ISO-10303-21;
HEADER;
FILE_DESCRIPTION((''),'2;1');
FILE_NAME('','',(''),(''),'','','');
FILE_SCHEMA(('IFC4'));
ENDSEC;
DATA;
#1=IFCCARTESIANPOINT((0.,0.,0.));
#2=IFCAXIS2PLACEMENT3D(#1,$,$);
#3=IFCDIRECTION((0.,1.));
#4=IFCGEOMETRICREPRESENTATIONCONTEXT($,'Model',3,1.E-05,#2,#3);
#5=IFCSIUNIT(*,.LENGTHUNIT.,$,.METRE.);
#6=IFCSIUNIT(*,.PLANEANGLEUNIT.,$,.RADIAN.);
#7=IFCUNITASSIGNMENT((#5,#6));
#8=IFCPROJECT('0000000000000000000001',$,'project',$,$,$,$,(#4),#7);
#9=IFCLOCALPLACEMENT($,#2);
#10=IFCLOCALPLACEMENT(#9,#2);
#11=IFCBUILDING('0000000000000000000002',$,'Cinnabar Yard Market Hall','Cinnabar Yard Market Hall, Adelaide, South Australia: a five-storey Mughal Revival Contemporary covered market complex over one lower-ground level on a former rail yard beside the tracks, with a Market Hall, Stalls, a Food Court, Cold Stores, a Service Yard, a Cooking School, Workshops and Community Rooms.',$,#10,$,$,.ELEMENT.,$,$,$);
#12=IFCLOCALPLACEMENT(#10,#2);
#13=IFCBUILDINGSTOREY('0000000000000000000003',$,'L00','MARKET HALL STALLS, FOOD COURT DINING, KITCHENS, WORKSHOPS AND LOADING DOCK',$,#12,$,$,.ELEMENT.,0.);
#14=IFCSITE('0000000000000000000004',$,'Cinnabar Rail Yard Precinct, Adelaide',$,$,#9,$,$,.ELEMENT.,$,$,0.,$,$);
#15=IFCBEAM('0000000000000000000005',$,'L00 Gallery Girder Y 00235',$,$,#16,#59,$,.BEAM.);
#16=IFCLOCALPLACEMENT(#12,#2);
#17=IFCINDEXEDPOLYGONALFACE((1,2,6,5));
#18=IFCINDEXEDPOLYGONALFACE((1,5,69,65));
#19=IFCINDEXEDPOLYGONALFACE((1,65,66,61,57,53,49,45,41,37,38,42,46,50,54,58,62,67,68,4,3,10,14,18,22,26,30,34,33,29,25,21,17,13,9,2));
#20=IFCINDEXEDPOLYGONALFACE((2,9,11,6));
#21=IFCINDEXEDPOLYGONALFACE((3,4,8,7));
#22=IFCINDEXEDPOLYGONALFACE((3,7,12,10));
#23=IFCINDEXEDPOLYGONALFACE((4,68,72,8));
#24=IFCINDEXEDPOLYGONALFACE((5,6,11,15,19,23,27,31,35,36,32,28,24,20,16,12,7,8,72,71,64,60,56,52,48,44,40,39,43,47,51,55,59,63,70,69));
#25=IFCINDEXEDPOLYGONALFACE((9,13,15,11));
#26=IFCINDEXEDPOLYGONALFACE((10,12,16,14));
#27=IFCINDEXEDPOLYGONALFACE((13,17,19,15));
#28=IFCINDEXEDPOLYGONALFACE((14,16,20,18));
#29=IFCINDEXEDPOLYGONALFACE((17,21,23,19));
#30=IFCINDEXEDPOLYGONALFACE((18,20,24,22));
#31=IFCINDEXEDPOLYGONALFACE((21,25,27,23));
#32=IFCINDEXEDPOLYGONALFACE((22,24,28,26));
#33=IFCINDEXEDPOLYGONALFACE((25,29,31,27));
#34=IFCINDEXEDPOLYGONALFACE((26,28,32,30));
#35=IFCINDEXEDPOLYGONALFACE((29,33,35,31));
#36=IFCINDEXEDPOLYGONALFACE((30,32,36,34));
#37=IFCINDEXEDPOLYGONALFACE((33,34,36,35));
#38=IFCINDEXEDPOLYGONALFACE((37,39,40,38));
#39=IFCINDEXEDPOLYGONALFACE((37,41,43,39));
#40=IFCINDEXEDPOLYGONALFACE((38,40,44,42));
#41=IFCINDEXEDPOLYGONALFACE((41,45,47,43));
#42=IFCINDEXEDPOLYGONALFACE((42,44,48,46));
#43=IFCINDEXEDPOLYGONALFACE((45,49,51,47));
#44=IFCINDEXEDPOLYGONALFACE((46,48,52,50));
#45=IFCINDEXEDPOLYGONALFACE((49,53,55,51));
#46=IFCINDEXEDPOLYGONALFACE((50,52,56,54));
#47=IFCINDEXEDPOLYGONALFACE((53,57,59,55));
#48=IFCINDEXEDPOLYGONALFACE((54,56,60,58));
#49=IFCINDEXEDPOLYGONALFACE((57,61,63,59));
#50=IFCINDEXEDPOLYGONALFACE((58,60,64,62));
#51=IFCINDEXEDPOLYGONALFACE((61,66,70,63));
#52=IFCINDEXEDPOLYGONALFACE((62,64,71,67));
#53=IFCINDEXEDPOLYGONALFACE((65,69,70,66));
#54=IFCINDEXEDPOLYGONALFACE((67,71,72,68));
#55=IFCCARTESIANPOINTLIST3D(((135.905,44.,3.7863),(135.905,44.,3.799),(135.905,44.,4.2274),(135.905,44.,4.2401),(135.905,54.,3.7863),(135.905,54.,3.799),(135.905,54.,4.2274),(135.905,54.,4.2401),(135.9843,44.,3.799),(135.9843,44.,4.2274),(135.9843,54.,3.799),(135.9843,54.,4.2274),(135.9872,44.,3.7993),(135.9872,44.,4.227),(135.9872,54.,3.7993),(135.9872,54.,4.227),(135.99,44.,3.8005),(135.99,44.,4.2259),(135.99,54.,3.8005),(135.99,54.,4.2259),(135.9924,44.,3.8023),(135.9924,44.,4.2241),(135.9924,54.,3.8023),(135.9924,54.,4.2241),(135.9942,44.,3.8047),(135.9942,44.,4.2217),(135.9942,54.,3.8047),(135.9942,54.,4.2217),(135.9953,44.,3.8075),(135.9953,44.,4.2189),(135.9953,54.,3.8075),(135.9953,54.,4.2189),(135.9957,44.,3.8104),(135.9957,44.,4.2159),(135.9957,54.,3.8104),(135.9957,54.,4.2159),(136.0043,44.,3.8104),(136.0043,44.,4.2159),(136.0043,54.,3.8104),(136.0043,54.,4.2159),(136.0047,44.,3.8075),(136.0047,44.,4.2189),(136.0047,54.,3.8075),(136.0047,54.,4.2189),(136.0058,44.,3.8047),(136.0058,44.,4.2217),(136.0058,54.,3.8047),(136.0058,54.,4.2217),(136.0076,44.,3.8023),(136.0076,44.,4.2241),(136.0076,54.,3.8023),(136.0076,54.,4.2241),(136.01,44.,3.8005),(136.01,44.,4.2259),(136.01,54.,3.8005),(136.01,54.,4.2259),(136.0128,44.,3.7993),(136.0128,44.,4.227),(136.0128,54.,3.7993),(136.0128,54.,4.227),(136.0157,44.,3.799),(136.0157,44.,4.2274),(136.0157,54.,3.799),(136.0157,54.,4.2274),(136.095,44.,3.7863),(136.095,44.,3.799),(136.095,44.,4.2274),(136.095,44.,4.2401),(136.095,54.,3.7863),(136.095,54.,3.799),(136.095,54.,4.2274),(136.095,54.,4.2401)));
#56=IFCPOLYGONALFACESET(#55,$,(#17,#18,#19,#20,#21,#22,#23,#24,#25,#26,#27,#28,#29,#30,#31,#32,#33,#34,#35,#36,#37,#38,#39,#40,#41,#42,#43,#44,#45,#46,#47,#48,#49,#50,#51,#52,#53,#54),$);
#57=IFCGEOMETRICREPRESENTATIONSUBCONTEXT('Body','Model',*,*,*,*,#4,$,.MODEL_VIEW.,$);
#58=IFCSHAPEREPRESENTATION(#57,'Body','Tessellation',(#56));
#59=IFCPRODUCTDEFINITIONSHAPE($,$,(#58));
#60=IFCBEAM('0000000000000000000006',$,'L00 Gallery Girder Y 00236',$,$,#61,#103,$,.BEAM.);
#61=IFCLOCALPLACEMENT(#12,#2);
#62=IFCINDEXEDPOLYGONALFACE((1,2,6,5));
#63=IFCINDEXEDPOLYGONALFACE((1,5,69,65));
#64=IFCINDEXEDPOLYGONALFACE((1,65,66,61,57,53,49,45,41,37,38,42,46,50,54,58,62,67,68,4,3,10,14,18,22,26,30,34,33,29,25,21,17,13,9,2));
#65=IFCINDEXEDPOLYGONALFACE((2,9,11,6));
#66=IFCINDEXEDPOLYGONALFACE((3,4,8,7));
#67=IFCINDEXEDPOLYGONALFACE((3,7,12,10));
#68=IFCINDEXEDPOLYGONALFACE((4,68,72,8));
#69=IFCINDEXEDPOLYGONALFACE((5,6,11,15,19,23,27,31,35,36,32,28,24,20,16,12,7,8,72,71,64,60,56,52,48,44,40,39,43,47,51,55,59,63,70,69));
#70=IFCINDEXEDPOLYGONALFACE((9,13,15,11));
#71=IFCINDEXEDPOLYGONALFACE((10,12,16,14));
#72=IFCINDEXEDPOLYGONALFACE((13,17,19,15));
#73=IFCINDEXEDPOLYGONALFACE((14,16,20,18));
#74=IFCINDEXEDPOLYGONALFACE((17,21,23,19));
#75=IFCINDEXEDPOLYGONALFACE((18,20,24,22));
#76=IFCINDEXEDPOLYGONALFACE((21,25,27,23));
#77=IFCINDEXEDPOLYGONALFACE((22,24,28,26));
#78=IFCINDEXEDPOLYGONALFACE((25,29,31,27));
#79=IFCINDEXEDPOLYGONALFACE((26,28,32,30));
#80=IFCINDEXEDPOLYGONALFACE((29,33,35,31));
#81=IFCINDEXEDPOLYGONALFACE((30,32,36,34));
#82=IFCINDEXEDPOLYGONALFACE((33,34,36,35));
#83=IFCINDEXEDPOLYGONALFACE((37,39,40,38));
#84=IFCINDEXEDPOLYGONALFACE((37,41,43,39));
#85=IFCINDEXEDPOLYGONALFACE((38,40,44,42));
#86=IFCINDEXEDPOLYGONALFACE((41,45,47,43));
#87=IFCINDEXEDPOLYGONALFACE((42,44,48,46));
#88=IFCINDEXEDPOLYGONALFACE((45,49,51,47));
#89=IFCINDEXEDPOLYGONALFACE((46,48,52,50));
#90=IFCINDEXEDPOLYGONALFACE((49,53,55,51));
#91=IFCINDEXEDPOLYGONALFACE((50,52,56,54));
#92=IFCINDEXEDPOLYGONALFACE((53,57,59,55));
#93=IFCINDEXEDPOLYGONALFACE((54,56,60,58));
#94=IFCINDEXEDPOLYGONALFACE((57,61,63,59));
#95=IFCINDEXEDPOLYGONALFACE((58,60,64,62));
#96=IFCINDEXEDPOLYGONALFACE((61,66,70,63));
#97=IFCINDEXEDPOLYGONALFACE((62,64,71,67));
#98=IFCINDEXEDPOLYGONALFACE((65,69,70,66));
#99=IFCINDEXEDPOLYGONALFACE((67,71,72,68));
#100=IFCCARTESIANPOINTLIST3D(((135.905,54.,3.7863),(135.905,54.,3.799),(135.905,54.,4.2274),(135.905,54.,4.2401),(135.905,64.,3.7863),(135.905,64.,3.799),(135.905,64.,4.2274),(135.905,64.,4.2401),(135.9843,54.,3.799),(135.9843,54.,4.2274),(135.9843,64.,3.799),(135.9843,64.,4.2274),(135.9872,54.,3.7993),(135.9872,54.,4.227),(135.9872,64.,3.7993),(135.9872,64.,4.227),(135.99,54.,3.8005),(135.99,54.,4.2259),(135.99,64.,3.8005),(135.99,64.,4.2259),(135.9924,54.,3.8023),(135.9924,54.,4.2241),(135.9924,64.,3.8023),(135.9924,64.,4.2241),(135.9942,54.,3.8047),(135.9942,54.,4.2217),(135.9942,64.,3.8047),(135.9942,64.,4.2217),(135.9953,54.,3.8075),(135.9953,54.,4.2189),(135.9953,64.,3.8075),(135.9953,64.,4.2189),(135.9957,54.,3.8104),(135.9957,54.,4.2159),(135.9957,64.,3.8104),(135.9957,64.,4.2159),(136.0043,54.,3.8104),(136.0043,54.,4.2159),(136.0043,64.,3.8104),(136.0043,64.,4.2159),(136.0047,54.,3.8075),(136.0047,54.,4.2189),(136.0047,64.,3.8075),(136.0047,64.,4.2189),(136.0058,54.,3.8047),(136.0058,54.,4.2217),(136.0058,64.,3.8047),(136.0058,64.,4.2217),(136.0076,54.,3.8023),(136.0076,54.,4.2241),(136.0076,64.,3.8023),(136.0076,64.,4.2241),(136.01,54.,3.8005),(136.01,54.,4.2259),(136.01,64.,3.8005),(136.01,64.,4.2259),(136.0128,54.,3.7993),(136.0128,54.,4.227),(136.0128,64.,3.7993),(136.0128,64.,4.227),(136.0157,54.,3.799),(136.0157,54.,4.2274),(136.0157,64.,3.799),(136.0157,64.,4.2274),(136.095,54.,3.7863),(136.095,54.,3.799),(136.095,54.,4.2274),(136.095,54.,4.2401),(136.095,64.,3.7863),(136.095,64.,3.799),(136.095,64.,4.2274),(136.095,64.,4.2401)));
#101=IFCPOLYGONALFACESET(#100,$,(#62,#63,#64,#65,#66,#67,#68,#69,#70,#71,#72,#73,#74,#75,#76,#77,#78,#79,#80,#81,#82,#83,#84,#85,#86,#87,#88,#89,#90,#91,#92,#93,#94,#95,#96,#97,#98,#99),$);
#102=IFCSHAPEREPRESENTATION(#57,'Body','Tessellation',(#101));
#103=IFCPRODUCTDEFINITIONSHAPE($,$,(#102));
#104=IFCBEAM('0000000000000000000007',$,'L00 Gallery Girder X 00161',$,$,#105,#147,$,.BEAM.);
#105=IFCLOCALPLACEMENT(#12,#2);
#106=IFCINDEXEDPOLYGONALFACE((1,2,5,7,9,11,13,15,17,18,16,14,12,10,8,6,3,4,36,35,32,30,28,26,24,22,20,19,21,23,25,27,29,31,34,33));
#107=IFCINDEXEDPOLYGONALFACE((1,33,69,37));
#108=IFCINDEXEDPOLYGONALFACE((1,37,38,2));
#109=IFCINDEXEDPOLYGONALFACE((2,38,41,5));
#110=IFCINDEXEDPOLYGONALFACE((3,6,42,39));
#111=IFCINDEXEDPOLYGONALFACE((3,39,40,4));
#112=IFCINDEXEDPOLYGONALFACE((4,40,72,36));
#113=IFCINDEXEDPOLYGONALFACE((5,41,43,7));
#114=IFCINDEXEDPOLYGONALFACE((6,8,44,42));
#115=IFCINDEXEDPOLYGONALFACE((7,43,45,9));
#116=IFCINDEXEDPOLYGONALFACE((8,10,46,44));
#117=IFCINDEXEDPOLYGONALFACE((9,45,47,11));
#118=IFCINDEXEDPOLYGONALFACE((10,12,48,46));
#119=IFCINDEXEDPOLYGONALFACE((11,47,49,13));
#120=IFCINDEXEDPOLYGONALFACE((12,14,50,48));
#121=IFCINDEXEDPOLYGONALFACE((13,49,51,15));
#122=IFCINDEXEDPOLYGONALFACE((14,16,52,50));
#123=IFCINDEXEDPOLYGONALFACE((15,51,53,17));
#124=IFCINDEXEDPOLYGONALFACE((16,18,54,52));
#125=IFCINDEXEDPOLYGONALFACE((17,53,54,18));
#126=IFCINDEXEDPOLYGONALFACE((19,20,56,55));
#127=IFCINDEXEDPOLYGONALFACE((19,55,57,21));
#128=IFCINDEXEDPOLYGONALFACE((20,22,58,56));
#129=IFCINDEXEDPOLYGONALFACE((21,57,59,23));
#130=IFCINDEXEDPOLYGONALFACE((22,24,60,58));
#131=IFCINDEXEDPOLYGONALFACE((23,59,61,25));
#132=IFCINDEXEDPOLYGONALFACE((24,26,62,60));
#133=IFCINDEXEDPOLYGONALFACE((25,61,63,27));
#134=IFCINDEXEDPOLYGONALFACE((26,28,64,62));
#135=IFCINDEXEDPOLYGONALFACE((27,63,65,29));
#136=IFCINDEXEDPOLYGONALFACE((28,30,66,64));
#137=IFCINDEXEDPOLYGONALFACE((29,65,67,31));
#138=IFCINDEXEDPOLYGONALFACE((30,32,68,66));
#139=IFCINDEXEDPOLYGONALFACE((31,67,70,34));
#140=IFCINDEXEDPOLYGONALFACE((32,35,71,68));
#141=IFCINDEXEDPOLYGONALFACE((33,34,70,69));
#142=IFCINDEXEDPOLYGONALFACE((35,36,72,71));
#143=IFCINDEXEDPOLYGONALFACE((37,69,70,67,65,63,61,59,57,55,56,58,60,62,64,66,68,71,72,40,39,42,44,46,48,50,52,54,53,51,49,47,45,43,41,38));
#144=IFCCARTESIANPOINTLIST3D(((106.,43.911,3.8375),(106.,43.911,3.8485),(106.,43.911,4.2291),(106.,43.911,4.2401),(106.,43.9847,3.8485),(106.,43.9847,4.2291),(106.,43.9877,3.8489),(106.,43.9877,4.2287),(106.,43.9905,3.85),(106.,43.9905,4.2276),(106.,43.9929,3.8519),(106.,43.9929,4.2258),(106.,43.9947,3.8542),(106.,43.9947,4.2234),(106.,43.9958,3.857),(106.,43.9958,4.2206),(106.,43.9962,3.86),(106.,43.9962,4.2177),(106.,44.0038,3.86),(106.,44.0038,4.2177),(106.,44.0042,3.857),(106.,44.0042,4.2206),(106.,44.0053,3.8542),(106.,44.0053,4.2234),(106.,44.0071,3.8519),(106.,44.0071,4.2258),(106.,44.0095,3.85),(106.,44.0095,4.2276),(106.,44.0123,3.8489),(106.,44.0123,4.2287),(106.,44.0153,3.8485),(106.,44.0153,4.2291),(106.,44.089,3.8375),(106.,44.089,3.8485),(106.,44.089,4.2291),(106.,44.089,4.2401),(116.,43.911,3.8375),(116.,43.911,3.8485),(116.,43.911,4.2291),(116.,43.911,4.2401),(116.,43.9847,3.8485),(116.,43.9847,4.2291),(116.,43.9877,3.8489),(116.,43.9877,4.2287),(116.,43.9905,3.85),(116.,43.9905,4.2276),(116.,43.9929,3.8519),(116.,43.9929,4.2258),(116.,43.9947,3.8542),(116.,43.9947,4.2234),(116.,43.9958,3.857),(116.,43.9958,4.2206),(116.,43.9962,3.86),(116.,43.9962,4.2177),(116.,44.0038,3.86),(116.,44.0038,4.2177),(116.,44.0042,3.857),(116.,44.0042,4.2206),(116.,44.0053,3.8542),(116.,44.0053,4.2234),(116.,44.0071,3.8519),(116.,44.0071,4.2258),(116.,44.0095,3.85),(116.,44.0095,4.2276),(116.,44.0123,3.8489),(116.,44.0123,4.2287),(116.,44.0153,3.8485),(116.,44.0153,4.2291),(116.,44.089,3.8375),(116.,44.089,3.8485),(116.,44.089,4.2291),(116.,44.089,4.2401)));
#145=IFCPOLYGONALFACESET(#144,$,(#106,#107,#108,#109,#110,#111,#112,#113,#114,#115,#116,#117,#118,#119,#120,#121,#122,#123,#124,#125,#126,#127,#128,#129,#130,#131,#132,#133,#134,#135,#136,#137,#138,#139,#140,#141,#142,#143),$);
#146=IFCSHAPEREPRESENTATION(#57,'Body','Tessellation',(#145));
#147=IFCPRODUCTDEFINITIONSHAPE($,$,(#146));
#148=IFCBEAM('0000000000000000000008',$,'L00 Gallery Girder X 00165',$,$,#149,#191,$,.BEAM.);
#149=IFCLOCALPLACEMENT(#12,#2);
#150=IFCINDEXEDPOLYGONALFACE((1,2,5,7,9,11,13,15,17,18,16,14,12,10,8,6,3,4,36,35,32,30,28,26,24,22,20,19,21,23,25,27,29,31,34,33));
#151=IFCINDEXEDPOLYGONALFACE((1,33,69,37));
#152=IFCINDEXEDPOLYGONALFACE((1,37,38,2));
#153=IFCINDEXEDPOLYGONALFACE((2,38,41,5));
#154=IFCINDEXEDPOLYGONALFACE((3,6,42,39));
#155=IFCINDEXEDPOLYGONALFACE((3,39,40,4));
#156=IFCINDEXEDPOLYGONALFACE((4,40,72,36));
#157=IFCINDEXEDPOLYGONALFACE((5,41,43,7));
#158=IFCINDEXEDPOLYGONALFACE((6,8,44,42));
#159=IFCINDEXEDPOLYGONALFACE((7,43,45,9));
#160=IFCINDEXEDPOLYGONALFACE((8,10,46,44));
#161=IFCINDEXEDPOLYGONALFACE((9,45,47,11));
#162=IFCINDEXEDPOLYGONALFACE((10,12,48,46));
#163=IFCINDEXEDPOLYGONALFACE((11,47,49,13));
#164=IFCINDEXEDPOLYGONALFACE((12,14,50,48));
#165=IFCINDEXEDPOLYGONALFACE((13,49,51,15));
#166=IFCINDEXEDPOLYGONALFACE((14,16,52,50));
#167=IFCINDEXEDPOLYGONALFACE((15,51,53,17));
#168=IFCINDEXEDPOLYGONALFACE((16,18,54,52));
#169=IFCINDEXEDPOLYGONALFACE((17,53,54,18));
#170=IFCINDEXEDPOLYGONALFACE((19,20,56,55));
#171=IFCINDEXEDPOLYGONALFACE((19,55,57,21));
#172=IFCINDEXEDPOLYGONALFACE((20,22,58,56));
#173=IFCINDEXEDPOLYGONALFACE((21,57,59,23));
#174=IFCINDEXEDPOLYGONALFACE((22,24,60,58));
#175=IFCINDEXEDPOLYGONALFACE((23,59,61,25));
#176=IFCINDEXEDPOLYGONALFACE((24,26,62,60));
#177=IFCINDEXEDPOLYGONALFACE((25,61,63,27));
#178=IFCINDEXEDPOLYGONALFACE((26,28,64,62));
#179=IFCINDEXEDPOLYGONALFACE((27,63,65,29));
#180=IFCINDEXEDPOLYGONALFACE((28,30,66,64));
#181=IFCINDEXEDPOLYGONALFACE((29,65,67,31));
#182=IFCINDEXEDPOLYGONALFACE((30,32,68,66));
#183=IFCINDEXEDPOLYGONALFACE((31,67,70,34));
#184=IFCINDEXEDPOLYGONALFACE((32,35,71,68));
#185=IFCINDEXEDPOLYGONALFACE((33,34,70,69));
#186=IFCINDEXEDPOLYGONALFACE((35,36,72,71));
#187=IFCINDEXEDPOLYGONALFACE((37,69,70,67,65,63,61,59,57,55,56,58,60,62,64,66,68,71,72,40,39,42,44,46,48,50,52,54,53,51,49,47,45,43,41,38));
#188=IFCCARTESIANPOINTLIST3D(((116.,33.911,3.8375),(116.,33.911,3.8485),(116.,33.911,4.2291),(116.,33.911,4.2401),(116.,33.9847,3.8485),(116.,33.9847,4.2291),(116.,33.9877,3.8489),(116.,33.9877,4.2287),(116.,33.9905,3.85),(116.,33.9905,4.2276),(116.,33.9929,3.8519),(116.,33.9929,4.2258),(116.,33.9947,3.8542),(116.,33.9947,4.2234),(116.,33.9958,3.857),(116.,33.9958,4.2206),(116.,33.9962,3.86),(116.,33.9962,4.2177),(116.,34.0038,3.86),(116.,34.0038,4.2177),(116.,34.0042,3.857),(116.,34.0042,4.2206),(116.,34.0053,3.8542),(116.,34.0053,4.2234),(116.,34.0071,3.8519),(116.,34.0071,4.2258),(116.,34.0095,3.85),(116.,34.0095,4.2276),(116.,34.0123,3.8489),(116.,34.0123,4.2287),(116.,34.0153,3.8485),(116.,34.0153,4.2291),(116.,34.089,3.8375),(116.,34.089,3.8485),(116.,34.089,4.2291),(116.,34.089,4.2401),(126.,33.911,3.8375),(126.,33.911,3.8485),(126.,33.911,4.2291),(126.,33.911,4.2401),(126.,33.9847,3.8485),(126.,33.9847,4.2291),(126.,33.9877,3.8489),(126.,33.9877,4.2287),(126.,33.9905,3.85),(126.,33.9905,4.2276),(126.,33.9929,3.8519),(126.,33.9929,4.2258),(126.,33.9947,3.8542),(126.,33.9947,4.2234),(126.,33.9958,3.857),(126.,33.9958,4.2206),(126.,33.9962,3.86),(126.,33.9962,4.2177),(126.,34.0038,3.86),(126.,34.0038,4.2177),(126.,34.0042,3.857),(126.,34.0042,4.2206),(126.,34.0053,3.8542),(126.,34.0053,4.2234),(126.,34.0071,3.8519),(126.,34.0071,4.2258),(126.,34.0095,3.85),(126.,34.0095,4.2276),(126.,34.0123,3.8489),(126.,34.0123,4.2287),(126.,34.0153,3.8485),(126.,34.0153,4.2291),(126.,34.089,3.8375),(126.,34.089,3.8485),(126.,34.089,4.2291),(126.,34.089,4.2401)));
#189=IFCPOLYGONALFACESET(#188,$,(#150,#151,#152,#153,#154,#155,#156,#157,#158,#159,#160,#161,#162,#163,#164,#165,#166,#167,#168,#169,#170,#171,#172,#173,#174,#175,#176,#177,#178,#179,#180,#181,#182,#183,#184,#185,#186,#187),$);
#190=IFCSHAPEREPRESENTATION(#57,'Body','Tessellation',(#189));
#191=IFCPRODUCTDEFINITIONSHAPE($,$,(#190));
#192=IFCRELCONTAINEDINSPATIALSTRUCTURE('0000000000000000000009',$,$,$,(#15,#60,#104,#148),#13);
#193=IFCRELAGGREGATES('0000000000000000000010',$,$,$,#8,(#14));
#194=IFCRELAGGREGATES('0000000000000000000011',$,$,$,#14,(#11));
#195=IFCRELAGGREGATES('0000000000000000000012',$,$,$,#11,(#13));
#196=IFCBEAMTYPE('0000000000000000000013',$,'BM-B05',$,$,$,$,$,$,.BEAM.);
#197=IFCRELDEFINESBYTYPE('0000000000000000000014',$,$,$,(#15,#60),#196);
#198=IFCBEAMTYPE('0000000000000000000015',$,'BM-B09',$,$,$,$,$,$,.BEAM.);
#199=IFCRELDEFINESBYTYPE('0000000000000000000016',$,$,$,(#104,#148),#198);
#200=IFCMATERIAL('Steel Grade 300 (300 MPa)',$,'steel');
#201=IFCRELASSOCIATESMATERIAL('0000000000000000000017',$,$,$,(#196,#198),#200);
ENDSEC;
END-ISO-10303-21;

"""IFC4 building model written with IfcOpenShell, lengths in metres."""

from ifc_helpers import new_model, si_unit, direction, frame, origin, origin_2d_with_axis, place, context, subcontext, project, spatial, i_section, extrude, material, material_profile, profile_set, type_object, element, save


model = new_model("IFC4")

# Units and contexts
model_context = context("Model", 3, precision=1e-05, world=origin(), true_north=direction((0.0, 1.0)))
body_context = subcontext(model_context, "Body", "Model", "MODEL_VIEW")
ifc_project = project(units=[si_unit("LENGTHUNIT", "METRE"), si_unit("PLANEANGLEUNIT", "RADIAN")], contexts=[model_context])

# Site, building, storey
site_placement = place(None, origin())
site = spatial("IfcSite", under=ifc_project, at=site_placement, Name="Cinnabar Rail Yard Precinct, Adelaide", CompositionType="ELEMENT", RefElevation=0.0)
building_placement = place(site_placement, origin())
building = spatial("IfcBuilding", under=site, at=building_placement, Name="Cinnabar Yard Market Hall", Description="Cinnabar Yard Market Hall, Adelaide, South Australia: a five-storey Mughal Revival Contemporary covered market complex over one lower-ground level on a former rail yard beside the tracks, with a Market Hall, Stalls, a Food Court, Cold Stores, a Service Yard, a Cooking School, Workshops and Community Rooms.", CompositionType="ELEMENT")
storey_placement = place(building_placement, origin())
storey = spatial("IfcBuildingStorey", under=building, at=storey_placement, Name="L00", Description="MARKET HALL STALLS, FOOD COURT DINING, KITCHENS, WORKSHOPS AND LOADING DOCK", CompositionType="ELEMENT", Elevation=0.0)

# Beams
ifc_material_1 = material(Name="Steel Grade 300 (300 MPa)", Category="steel")
ifc_material_profile_1 = material_profile(ifc_material_1, i_section(OverallWidth=0.1899, OverallDepth=0.4539, WebThickness=0.0085, FlangeThickness=0.0127, FilletRadius=0.0115, at=origin_2d_with_axis()), Name="460UB67.1")
ifc_profile_set_1 = profile_set([ifc_material_profile_1], Name="Steel Grade 300 (300 MPa)")
beam_type_1 = type_object("IfcBeamType", Name="BM-B05", PredefinedType="BEAM", material=ifc_profile_set_1)
for number, where, z_axis, x_axis, name in (
    (1, (136.0, 44.0, 4.0132), (0.0, 1.0, 0.0), (-1.0, 0.0, 0.0), "L00 Gallery Girder Y 00235"),
    (2, (136.0, 54.0, 4.0132), (0.0, 1.0, 0.0), (-1.0, 0.0, 0.0), "L00 Gallery Girder Y 00236"),
):
    element("IfcBeam", number, at=place(storey_placement, frame(where, z_axis=z_axis, x_axis=x_axis)), inside=storey, type_object=beam_type_1, Name=name, PredefinedType="BEAM", context=body_context, shape_type="SweptSolid", body=[
        extrude(i_section(OverallWidth=0.1899, OverallDepth=0.4539, WebThickness=0.0085, FlangeThickness=0.0127, FilletRadius=0.0115, at=origin_2d_with_axis()), origin(), (0.0, 0.0, 1.0), 10.0),
    ])
ifc_material_profile_2 = material_profile(ifc_material_1, i_section(OverallWidth=0.178, OverallDepth=0.4026, WebThickness=0.0076, FlangeThickness=0.011, FilletRadius=0.0115, at=origin_2d_with_axis()), Name="410UB53.7")
ifc_profile_set_2 = profile_set([ifc_material_profile_2], Name="Steel Grade 300 (300 MPa)")
beam_type_2 = type_object("IfcBeamType", Name="BM-B09", PredefinedType="BEAM", material=ifc_profile_set_2)
for number, where, z_axis, x_axis, name in (
    (3, (106.0, 44.0, 4.0388), (1.0, 0.0, 0.0), (0.0, 1.0, 0.0), "L00 Gallery Girder X 00161"),
    (4, (116.0, 34.0, 4.0388), (1.0, 0.0, 0.0), (0.0, 1.0, 0.0), "L00 Gallery Girder X 00165"),
):
    element("IfcBeam", number, at=place(storey_placement, frame(where, z_axis=z_axis, x_axis=x_axis)), inside=storey, type_object=beam_type_2, Name=name, PredefinedType="BEAM", context=body_context, shape_type="SweptSolid", body=[
        extrude(i_section(OverallWidth=0.178, OverallDepth=0.4026, WebThickness=0.0076, FlangeThickness=0.011, FilletRadius=0.0115, at=origin_2d_with_axis()), origin(), (0.0, 0.0, 1.0), 10.0),
    ])

save(model, "model.ifc")
